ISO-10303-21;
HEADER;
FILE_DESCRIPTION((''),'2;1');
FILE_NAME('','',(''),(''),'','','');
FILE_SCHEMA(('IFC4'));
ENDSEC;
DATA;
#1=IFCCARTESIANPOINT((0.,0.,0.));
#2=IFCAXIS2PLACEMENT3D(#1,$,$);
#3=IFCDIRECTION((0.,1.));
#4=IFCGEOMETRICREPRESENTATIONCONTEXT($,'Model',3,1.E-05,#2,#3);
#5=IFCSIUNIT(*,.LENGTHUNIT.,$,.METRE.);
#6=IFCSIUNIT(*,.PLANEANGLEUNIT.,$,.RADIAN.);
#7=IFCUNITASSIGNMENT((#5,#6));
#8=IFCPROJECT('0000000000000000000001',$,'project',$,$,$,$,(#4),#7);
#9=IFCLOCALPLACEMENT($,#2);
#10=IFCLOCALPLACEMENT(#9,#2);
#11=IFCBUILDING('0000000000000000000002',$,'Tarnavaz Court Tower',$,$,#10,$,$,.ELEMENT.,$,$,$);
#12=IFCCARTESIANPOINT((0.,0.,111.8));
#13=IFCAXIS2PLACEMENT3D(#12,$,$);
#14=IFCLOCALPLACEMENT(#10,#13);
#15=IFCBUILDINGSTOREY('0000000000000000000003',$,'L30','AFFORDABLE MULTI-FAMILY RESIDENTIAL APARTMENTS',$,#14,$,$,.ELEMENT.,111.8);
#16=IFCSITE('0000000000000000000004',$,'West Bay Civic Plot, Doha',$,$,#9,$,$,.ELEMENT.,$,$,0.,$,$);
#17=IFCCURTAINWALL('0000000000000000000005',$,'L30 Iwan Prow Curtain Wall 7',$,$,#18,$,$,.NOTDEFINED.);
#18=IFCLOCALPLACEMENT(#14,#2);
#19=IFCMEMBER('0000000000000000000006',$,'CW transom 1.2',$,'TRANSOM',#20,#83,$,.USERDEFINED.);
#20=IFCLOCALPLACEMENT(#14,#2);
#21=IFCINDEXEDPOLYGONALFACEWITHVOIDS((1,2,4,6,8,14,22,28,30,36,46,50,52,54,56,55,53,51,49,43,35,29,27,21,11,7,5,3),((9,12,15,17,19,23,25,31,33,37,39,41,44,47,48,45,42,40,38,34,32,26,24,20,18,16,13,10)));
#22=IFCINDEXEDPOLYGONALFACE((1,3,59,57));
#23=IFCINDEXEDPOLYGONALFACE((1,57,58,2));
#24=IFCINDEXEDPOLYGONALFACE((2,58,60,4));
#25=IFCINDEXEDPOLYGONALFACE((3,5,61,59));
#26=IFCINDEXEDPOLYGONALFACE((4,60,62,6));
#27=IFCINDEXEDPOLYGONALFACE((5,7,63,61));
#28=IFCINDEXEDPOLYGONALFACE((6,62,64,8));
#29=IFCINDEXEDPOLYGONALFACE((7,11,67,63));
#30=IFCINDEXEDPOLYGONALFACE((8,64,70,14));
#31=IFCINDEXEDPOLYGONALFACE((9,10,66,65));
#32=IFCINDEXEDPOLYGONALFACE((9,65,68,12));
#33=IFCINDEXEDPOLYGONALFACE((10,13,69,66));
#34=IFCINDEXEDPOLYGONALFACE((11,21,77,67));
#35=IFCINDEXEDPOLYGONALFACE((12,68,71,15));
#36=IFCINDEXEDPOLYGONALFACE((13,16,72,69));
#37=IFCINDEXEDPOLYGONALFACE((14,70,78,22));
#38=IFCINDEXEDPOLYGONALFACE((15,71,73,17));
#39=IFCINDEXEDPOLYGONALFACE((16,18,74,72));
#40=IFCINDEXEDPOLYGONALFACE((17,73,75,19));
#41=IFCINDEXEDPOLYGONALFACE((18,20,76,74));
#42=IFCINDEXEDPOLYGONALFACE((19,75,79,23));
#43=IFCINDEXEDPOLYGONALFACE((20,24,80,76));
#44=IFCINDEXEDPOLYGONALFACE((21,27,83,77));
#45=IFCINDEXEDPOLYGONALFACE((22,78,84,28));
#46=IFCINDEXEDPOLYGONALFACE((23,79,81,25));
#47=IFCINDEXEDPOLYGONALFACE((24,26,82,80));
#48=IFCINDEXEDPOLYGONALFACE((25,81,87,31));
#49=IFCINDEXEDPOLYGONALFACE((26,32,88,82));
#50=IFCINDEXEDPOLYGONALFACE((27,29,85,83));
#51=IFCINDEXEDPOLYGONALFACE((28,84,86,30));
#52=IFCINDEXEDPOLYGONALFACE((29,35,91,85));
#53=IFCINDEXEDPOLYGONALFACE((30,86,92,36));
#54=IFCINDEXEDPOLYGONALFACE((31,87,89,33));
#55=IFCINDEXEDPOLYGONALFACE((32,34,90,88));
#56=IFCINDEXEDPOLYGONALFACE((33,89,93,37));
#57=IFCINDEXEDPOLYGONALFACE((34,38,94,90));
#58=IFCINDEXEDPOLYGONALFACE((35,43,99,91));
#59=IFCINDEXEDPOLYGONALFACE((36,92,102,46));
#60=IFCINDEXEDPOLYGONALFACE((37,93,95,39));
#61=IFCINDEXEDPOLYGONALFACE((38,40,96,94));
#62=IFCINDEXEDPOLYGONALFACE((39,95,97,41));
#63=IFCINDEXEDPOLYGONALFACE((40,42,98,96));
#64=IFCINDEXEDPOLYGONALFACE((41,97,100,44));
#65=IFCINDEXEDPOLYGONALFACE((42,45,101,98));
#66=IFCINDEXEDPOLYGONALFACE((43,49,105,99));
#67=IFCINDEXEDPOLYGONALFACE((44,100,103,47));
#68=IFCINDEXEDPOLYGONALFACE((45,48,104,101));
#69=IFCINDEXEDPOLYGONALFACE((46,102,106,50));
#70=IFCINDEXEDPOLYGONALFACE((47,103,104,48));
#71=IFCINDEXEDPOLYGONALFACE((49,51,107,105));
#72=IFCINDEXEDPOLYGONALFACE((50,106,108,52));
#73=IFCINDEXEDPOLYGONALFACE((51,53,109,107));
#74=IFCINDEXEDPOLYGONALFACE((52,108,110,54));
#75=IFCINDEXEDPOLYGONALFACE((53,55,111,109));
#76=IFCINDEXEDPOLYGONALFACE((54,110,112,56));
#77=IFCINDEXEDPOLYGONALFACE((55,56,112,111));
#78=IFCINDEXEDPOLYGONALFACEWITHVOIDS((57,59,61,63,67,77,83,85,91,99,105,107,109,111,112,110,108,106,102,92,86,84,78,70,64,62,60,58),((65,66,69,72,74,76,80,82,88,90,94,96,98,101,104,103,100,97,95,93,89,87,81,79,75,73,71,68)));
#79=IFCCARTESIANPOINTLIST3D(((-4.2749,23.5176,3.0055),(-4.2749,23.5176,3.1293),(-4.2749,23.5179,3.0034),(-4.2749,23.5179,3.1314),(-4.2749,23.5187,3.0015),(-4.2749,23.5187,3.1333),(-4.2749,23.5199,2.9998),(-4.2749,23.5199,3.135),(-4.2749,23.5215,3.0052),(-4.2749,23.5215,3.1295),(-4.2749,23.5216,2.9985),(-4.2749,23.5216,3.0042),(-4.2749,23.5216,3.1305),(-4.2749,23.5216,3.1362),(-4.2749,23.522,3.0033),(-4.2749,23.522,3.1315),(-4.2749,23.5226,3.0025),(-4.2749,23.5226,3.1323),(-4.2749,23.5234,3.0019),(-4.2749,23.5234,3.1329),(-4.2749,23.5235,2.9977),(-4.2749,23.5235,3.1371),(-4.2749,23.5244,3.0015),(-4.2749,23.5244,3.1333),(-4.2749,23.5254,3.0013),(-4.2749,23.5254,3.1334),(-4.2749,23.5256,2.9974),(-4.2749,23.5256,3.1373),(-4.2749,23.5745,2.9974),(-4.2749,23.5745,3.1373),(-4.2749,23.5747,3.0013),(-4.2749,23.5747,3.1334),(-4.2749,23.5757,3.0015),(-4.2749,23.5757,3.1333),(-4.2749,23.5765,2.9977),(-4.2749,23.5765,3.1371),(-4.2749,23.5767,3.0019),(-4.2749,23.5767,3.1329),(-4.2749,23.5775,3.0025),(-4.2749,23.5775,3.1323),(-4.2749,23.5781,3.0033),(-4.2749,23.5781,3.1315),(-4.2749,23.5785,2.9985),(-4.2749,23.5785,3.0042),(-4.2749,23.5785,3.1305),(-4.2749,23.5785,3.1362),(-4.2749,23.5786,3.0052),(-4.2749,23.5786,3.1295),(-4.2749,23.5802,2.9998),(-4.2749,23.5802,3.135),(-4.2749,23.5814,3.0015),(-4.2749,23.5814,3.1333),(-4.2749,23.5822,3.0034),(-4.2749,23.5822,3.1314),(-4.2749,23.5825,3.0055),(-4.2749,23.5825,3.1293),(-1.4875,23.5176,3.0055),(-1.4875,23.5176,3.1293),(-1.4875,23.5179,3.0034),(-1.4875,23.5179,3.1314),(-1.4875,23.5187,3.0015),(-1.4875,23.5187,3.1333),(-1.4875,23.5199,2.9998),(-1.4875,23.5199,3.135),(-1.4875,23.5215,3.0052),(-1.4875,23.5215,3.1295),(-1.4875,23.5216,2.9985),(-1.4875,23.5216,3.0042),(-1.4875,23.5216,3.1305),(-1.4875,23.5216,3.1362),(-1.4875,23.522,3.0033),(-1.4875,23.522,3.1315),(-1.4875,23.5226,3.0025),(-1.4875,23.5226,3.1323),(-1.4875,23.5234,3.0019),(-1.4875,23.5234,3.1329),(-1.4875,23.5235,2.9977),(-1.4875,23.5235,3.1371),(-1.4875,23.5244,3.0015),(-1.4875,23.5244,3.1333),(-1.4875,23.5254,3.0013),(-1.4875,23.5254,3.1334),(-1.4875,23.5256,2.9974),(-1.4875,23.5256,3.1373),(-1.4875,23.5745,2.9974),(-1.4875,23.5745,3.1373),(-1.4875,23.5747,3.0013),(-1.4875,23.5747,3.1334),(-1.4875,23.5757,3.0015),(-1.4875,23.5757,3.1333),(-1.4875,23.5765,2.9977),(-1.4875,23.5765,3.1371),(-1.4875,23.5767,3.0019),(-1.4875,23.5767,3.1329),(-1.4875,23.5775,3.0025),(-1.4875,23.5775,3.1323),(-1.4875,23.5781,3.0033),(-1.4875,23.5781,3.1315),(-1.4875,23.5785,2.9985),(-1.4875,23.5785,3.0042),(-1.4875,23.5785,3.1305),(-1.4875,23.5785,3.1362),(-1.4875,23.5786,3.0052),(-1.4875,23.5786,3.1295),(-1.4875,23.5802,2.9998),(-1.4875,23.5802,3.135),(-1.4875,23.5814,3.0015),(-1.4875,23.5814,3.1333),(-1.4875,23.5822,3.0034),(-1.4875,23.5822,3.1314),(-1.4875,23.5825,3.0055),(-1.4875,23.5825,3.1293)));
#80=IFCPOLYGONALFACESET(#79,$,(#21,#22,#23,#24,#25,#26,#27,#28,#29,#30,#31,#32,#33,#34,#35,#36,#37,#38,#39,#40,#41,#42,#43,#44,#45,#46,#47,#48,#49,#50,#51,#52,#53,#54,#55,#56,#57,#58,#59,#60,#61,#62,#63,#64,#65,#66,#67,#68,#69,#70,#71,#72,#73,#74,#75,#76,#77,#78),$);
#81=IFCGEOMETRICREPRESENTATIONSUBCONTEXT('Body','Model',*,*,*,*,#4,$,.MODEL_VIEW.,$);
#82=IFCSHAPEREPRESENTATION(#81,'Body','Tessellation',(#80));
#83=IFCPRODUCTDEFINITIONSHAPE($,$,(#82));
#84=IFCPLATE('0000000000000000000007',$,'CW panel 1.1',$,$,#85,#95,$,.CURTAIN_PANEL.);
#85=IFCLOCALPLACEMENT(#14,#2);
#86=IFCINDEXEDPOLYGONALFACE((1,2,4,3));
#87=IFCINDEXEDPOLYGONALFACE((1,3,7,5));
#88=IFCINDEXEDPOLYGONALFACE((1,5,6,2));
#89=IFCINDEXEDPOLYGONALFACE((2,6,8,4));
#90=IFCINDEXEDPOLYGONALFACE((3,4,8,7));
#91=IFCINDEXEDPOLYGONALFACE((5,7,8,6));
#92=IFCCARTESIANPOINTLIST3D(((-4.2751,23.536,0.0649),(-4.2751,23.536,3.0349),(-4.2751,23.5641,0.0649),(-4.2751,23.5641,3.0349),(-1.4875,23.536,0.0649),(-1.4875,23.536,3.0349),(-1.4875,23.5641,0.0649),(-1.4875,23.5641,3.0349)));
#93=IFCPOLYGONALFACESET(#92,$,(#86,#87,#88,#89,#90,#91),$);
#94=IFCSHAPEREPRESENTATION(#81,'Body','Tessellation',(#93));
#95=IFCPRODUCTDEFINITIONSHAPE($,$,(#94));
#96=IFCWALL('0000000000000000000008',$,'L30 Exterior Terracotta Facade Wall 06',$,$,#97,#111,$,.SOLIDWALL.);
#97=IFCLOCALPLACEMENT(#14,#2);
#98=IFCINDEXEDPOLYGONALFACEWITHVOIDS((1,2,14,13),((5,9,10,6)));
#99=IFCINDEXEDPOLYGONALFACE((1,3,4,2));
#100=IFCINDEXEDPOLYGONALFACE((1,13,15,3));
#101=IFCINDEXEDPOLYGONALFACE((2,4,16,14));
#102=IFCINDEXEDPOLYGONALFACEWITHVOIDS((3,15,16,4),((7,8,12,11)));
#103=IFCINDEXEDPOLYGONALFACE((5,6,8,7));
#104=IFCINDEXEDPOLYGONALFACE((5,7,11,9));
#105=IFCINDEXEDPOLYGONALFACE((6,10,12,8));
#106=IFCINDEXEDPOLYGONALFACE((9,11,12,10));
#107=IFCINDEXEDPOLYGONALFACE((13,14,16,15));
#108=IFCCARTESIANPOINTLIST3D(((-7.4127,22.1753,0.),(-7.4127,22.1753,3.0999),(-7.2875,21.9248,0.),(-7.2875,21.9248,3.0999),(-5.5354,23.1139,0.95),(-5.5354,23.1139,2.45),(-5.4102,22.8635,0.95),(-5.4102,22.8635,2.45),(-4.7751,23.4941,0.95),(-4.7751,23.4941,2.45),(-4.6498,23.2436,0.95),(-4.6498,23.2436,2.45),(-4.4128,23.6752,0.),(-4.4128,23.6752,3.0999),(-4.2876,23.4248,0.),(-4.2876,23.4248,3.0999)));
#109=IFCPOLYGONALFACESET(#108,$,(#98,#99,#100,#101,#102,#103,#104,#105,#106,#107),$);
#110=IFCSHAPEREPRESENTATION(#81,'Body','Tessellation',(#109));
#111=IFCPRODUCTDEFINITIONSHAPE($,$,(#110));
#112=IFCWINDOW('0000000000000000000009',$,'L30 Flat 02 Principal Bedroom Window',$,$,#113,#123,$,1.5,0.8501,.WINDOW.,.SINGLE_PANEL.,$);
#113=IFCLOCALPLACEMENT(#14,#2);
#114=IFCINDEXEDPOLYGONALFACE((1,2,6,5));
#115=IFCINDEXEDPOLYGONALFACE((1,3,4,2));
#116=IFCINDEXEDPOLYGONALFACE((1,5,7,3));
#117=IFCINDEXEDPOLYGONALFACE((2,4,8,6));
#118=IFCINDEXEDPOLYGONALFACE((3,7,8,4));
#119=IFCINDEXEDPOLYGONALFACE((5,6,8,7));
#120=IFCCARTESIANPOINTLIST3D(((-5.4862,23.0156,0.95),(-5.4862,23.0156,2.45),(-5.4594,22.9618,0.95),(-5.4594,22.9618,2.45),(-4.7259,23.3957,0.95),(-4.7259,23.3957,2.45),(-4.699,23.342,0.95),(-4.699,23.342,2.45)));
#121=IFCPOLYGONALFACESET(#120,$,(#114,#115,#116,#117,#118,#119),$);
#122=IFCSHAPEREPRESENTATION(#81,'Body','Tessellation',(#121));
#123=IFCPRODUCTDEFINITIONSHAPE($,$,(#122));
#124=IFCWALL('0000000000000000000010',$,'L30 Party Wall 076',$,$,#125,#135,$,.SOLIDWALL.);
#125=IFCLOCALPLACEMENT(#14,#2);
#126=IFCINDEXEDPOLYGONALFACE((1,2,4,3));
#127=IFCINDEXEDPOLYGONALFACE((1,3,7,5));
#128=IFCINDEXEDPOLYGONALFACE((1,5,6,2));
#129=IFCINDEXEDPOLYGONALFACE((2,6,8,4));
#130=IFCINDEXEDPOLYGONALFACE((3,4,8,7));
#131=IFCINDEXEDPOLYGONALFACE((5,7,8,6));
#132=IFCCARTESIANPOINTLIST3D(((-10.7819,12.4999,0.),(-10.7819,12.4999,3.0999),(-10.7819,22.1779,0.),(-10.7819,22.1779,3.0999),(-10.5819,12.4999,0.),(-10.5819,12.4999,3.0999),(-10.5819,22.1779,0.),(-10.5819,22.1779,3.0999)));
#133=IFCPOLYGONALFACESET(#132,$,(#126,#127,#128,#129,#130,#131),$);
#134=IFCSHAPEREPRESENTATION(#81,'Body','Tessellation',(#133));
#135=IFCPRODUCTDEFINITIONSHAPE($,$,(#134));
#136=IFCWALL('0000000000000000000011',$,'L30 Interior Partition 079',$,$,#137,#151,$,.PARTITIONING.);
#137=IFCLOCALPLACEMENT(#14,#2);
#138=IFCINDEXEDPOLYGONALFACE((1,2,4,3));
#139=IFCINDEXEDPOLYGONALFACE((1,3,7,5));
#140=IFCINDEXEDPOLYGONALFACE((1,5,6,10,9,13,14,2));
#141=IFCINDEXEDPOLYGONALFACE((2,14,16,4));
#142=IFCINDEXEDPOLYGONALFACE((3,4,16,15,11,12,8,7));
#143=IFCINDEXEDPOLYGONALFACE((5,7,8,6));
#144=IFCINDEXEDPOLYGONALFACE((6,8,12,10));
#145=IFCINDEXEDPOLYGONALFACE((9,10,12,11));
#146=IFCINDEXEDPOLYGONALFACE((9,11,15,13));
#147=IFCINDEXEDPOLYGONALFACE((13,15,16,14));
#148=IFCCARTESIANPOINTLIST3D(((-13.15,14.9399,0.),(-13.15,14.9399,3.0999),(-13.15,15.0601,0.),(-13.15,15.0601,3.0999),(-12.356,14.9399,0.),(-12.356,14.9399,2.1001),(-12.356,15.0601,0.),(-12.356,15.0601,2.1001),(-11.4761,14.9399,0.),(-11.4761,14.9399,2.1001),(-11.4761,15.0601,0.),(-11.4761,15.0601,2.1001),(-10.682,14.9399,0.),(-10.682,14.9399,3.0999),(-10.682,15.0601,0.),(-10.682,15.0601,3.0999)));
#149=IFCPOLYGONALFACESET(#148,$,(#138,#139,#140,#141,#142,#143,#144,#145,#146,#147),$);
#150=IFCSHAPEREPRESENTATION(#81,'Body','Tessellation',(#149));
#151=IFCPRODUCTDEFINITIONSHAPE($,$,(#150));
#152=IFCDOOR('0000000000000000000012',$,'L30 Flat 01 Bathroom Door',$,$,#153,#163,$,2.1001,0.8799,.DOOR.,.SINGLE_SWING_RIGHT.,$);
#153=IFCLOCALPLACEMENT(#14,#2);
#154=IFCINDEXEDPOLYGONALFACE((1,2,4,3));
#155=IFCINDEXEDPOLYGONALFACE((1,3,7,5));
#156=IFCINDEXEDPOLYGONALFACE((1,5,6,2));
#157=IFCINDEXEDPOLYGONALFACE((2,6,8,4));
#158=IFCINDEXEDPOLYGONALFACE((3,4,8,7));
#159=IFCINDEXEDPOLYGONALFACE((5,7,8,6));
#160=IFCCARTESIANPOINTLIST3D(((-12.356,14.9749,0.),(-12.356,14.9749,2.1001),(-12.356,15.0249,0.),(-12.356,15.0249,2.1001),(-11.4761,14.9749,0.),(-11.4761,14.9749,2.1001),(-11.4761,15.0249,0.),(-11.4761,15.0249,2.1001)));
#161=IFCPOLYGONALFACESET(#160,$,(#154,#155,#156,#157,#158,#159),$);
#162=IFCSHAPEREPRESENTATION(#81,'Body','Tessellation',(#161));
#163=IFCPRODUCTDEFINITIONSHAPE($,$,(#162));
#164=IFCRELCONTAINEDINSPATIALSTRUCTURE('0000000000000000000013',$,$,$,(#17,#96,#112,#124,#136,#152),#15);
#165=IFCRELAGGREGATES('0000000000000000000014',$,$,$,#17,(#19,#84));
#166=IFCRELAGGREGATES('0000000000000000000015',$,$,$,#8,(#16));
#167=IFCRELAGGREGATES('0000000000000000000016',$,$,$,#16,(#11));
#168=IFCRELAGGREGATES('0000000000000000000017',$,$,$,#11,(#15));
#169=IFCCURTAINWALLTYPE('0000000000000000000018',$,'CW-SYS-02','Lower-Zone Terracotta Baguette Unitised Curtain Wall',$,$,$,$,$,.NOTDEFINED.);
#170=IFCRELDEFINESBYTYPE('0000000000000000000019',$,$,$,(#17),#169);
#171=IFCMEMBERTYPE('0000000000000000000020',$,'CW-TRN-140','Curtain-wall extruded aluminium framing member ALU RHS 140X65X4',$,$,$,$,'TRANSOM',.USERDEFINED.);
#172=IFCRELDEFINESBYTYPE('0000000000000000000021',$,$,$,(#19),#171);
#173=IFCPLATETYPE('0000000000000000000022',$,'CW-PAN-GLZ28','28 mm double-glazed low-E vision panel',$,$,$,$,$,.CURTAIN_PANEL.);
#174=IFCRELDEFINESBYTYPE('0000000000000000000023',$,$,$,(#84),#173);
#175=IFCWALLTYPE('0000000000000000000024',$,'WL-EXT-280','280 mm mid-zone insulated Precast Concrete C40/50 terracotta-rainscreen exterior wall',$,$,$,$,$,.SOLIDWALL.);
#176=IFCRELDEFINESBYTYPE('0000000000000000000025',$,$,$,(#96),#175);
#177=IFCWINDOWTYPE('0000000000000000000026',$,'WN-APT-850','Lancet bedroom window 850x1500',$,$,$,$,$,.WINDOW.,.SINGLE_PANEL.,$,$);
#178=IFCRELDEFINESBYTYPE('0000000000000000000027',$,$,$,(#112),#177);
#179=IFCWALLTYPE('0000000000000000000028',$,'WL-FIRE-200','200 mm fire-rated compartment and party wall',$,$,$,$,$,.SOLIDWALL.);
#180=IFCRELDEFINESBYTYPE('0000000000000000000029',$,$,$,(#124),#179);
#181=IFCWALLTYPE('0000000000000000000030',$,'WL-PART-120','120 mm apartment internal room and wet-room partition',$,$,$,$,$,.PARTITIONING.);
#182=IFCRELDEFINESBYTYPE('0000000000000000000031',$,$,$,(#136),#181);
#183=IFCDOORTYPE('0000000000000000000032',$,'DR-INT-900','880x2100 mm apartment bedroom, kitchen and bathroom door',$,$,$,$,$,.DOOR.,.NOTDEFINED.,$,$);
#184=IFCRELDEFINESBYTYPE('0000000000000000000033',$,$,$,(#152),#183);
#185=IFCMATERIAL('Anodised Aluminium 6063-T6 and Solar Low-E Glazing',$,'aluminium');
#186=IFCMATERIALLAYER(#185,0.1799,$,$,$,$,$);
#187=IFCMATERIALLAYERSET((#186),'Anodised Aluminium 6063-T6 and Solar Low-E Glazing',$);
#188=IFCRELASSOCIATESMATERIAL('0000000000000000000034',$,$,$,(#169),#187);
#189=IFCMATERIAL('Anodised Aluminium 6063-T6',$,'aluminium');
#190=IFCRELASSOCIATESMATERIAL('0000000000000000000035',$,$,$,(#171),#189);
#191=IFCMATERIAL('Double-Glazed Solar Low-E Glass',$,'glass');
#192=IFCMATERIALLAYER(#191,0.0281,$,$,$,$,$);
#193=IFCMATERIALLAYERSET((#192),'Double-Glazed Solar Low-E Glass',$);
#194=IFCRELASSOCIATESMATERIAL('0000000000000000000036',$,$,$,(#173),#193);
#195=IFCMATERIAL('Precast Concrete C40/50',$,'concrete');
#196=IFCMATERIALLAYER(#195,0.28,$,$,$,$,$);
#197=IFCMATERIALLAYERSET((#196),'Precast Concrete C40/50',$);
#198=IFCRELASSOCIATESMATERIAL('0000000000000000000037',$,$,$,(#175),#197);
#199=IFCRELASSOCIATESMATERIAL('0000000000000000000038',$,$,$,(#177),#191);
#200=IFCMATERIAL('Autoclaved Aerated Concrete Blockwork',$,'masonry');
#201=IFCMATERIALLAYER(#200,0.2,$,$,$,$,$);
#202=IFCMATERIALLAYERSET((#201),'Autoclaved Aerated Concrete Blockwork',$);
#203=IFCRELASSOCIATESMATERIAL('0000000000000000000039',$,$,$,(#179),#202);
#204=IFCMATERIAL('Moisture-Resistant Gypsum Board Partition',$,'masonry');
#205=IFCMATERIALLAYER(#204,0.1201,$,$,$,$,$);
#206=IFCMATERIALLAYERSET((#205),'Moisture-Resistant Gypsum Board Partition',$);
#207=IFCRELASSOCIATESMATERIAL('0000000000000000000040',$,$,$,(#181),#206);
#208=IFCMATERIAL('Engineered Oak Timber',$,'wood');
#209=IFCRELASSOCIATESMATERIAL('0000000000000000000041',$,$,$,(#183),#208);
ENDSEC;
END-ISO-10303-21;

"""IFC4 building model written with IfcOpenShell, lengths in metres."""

from ifc_helpers import new_model, si_unit, direction, frame, frame_2d, origin, origin_2d, place, context, subcontext, project, spatial, rectangle, hollow_rectangle, extrude, material, layer, layer_set, material_profile, profile_set, type_object, element, fill, aggregate, save


model = new_model("IFC4")

# Units and contexts
model_context = context("Model", 3, precision=1e-05, world=origin(), true_north=direction((0.0, 1.0)))
body_context = subcontext(model_context, "Body", "Model", "MODEL_VIEW")
ifc_project = project(units=[si_unit("LENGTHUNIT", "METRE"), si_unit("PLANEANGLEUNIT", "RADIAN")], contexts=[model_context])

# Site, building, storey
site_placement = place(None, origin())
site = spatial("IfcSite", under=ifc_project, at=site_placement, Name="West Bay Civic Plot, Doha", CompositionType="ELEMENT", RefElevation=0.0)
building_placement = place(site_placement, origin())
building = spatial("IfcBuilding", under=site, at=building_placement, Name="Tarnavaz Court Tower", CompositionType="ELEMENT")
storey_placement = place(building_placement, frame((0.0, 0.0, 111.8)))
storey = spatial("IfcBuildingStorey", under=building, at=storey_placement, Name="L30", Description="AFFORDABLE MULTI-FAMILY RESIDENTIAL APARTMENTS", CompositionType="ELEMENT", Elevation=111.8)

# Curtain wall, member, plate
ifc_material_1 = material(Name="Anodised Aluminium 6063-T6 and Solar Low-E Glazing", Category="aluminium")
ifc_layer_1 = layer(ifc_material_1, 0.1799)
ifc_layer_set_1 = layer_set([ifc_layer_1], Name="Anodised Aluminium 6063-T6 and Solar Low-E Glazing")
curtain_wall_type = type_object("IfcCurtainWallType", Name="CW-SYS-02", Description="Lower-Zone Terracotta Baguette Unitised Curtain Wall", PredefinedType="NOTDEFINED", material=ifc_layer_set_1)
curtain_wall_placement = place(storey_placement, origin())
curtain_wall = element("IfcCurtainWall", 1, at=curtain_wall_placement, inside=storey, type_object=curtain_wall_type, Name="L30 Iwan Prow Curtain Wall 7", PredefinedType="NOTDEFINED")
ifc_material_2 = material(Name="Anodised Aluminium 6063-T6", Category="aluminium")
ifc_material_profile_1 = material_profile(ifc_material_2, hollow_rectangle(XDim=0.0649, YDim=0.1399, WallThickness=0.0039, InnerFilletRadius=0.0039, OuterFilletRadius=0.0081, at=origin_2d()), Name="ALU RHS 140X65X4")
ifc_profile_set_1 = profile_set([ifc_material_profile_1], Name="Anodised Aluminium 6063-T6")
member_type_1 = type_object("IfcMemberType", Name="CW-TRN-140", Description="Curtain-wall extruded aluminium framing member ALU RHS 140X65X4", ElementType="TRANSOM", PredefinedType="USERDEFINED", material=ifc_profile_set_1)
member_1_placement = place(storey_placement, frame((-4.2749, 23.55, 3.0674), z_axis=(1.0, 0.0, 0.0), x_axis=(0.0, 1.0, 0.0)))
member_1 = element("IfcMember", 2, at=member_1_placement, type_object=member_type_1, Name="CW transom 1.2", ObjectType="TRANSOM", PredefinedType="USERDEFINED", context=body_context, shape_type="SweptSolid", body=[
    extrude(hollow_rectangle(XDim=0.0649, YDim=0.1399, WallThickness=0.0039, InnerFilletRadius=0.0039, OuterFilletRadius=0.0081, at=origin_2d()), origin(), (0.0, 0.0, 1.0), 2.7874),
])
ifc_material_3 = material(Name="Double-Glazed Solar Low-E Glass", Category="glass")
ifc_layer_2 = layer(ifc_material_3, 0.0281)
ifc_layer_set_2 = layer_set([ifc_layer_2], Name="Double-Glazed Solar Low-E Glass")
plate_type = type_object("IfcPlateType", Name="CW-PAN-GLZ28", Description="28 mm double-glazed low-E vision panel", PredefinedType="CURTAIN_PANEL", material=ifc_layer_set_2)
plate_placement = place(storey_placement, frame((-2.8813, 23.55, 0.0649), z_axis=(0.0, 0.0, 1.0), x_axis=(1.0, 0.0, 0.0)))
plate = element("IfcPlate", 3, at=plate_placement, type_object=plate_type, Name="CW panel 1.1", PredefinedType="CURTAIN_PANEL", context=body_context, shape_type="SweptSolid", body=[
    extrude(rectangle(XDim=2.7876, YDim=0.0281, at=origin_2d()), origin(), (0.0, 0.0, 1.0), 2.97),
])
aggregate(curtain_wall, [member_1, plate])

# Wall, opening, window
ifc_material_4 = material(Name="Precast Concrete C40/50", Category="concrete")
ifc_layer_3 = layer(ifc_material_4, 0.28)
ifc_layer_set_3 = layer_set([ifc_layer_3], Name="Precast Concrete C40/50")
wall_type_1 = type_object("IfcWallType", Name="WL-EXT-280", Description="280 mm mid-zone insulated Precast Concrete C40/50 terracotta-rainscreen exterior wall", PredefinedType="SOLIDWALL", material=ifc_layer_set_3)
wall_1_placement = place(storey_placement, frame((-7.3501, 22.05, 0.0), z_axis=(0.0, 0.0, 1.0), x_axis=(0.894427, 0.447214, 0.0)))
wall_1 = element("IfcWall", 4, at=wall_1_placement, inside=storey, type_object=wall_type_1, Name="L30 Exterior Terracotta Facade Wall 06", PredefinedType="SOLIDWALL", context=body_context, shape_type="SweptSolid", body=[
    extrude(rectangle(XDim=3.354, YDim=0.28, at=frame_2d((1.677, 0.0))), origin(), (0.0, 0.0, 1.0), 3.0999),
])
opening_1_placement = place(wall_1_placement, frame((2.0989, 0.0, 0.95)))
opening_1 = element("IfcOpeningElement", 5, at=opening_1_placement, cuts=wall_1, PredefinedType="OPENING", context=body_context, shape_type="SweptSolid", body=[
    extrude(rectangle(XDim=0.8501, YDim=1.5, at=frame_2d((0.425, 0.75))), frame((0.0, 0.1499, 0.0), z_axis=(0.0, -1.0, 0.0), x_axis=(1.0, 0.0, 0.0)), (0.0, 0.0, 1.0), 0.3),
])
window_type = type_object("IfcWindowType", Name="WN-APT-850", Description="Lancet bedroom window 850x1500", PartitioningType="SINGLE_PANEL", PredefinedType="WINDOW", material=ifc_material_3)
window_placement = place(opening_1_placement, origin())
window = element("IfcWindow", 6, at=window_placement, inside=storey, type_object=window_type, Name="L30 Flat 02 Principal Bedroom Window", OverallHeight=1.5, OverallWidth=0.8501, PartitioningType="SINGLE_PANEL", PredefinedType="WINDOW", context=body_context, shape_type="SweptSolid", body=[
    extrude(rectangle(XDim=0.8501, YDim=1.5, at=frame_2d((0.425, 0.75))), frame((0.0, 0.03, 0.0), z_axis=(0.0, -1.0, 0.0), x_axis=(1.0, 0.0, 0.0)), (0.0, 0.0, 1.0), 0.0601),
])
fill(opening_1, window)

# Wall
ifc_material_5 = material(Name="Autoclaved Aerated Concrete Blockwork", Category="masonry")
ifc_layer_4 = layer(ifc_material_5, 0.2)
ifc_layer_set_4 = layer_set([ifc_layer_4], Name="Autoclaved Aerated Concrete Blockwork")
wall_type_2 = type_object("IfcWallType", Name="WL-FIRE-200", Description="200 mm fire-rated compartment and party wall", PredefinedType="SOLIDWALL", material=ifc_layer_set_4)
wall_2_placement = place(storey_placement, frame((-10.6819, 12.5, 0.0), z_axis=(0.0, 0.0, 1.0), x_axis=(0.0, 1.0, 0.0)))
element("IfcWall", 7, at=wall_2_placement, inside=storey, type_object=wall_type_2, Name="L30 Party Wall 076", PredefinedType="SOLIDWALL", context=body_context, shape_type="SweptSolid", body=[
    extrude(rectangle(XDim=9.678, YDim=0.2, at=frame_2d((4.8389, 0.0))), origin(), (0.0, 0.0, 1.0), 3.0999),
])

# Wall, opening, door
ifc_material_6 = material(Name="Moisture-Resistant Gypsum Board Partition", Category="masonry")
ifc_layer_5 = layer(ifc_material_6, 0.1201)
ifc_layer_set_5 = layer_set([ifc_layer_5], Name="Moisture-Resistant Gypsum Board Partition")
wall_type_3 = type_object("IfcWallType", Name="WL-PART-120", Description="120 mm apartment internal room and wet-room partition", PredefinedType="PARTITIONING", material=ifc_layer_set_5)
wall_3_placement = place(storey_placement, frame((-13.1499, 15.0, 0.0), z_axis=(0.0, 0.0, 1.0), x_axis=(1.0, 0.0, 0.0)))
wall_3 = element("IfcWall", 8, at=wall_3_placement, inside=storey, type_object=wall_type_3, Name="L30 Interior Partition 079", PredefinedType="PARTITIONING", context=body_context, shape_type="SweptSolid", body=[
    extrude(rectangle(XDim=2.468, YDim=0.1201, at=frame_2d((1.2339, 0.0))), origin(), (0.0, 0.0, 1.0), 3.0999),
])
opening_2_placement = place(wall_3_placement, frame((0.7939, 0.0, 0.0)))
opening_2 = element("IfcOpeningElement", 9, at=opening_2_placement, cuts=wall_3, PredefinedType="OPENING", context=body_context, shape_type="SweptSolid", body=[
    extrude(rectangle(XDim=0.8799, YDim=2.1001, at=frame_2d((0.4399, 1.05))), frame((0.0, 0.0701, 0.0), z_axis=(0.0, -1.0, 0.0), x_axis=(1.0, 0.0, 0.0)), (0.0, 0.0, 1.0), 0.1401),
])
ifc_material_7 = material(Name="Engineered Oak Timber", Category="wood")
door_type = type_object("IfcDoorType", Name="DR-INT-900", Description="880x2100 mm apartment bedroom, kitchen and bathroom door", OperationType="NOTDEFINED", PredefinedType="DOOR", material=ifc_material_7)
door_1_placement = place(opening_2_placement, origin())
door_1 = element("IfcDoor", 10, at=door_1_placement, inside=storey, type_object=door_type, Name="L30 Flat 01 Bathroom Door", OperationType="SINGLE_SWING_RIGHT", OverallHeight=2.1001, OverallWidth=0.8799, PredefinedType="DOOR", context=body_context, shape_type="SweptSolid", body=[
    extrude(rectangle(XDim=0.8799, YDim=2.1001, at=frame_2d((0.4399, 1.05))), frame((0.0, 0.0249, 0.0), z_axis=(0.0, -1.0, 0.0), x_axis=(1.0, 0.0, 0.0)), (0.0, 0.0, 1.0), 0.05),
])
fill(opening_2, door_1)

save(model, "model.ifc")
